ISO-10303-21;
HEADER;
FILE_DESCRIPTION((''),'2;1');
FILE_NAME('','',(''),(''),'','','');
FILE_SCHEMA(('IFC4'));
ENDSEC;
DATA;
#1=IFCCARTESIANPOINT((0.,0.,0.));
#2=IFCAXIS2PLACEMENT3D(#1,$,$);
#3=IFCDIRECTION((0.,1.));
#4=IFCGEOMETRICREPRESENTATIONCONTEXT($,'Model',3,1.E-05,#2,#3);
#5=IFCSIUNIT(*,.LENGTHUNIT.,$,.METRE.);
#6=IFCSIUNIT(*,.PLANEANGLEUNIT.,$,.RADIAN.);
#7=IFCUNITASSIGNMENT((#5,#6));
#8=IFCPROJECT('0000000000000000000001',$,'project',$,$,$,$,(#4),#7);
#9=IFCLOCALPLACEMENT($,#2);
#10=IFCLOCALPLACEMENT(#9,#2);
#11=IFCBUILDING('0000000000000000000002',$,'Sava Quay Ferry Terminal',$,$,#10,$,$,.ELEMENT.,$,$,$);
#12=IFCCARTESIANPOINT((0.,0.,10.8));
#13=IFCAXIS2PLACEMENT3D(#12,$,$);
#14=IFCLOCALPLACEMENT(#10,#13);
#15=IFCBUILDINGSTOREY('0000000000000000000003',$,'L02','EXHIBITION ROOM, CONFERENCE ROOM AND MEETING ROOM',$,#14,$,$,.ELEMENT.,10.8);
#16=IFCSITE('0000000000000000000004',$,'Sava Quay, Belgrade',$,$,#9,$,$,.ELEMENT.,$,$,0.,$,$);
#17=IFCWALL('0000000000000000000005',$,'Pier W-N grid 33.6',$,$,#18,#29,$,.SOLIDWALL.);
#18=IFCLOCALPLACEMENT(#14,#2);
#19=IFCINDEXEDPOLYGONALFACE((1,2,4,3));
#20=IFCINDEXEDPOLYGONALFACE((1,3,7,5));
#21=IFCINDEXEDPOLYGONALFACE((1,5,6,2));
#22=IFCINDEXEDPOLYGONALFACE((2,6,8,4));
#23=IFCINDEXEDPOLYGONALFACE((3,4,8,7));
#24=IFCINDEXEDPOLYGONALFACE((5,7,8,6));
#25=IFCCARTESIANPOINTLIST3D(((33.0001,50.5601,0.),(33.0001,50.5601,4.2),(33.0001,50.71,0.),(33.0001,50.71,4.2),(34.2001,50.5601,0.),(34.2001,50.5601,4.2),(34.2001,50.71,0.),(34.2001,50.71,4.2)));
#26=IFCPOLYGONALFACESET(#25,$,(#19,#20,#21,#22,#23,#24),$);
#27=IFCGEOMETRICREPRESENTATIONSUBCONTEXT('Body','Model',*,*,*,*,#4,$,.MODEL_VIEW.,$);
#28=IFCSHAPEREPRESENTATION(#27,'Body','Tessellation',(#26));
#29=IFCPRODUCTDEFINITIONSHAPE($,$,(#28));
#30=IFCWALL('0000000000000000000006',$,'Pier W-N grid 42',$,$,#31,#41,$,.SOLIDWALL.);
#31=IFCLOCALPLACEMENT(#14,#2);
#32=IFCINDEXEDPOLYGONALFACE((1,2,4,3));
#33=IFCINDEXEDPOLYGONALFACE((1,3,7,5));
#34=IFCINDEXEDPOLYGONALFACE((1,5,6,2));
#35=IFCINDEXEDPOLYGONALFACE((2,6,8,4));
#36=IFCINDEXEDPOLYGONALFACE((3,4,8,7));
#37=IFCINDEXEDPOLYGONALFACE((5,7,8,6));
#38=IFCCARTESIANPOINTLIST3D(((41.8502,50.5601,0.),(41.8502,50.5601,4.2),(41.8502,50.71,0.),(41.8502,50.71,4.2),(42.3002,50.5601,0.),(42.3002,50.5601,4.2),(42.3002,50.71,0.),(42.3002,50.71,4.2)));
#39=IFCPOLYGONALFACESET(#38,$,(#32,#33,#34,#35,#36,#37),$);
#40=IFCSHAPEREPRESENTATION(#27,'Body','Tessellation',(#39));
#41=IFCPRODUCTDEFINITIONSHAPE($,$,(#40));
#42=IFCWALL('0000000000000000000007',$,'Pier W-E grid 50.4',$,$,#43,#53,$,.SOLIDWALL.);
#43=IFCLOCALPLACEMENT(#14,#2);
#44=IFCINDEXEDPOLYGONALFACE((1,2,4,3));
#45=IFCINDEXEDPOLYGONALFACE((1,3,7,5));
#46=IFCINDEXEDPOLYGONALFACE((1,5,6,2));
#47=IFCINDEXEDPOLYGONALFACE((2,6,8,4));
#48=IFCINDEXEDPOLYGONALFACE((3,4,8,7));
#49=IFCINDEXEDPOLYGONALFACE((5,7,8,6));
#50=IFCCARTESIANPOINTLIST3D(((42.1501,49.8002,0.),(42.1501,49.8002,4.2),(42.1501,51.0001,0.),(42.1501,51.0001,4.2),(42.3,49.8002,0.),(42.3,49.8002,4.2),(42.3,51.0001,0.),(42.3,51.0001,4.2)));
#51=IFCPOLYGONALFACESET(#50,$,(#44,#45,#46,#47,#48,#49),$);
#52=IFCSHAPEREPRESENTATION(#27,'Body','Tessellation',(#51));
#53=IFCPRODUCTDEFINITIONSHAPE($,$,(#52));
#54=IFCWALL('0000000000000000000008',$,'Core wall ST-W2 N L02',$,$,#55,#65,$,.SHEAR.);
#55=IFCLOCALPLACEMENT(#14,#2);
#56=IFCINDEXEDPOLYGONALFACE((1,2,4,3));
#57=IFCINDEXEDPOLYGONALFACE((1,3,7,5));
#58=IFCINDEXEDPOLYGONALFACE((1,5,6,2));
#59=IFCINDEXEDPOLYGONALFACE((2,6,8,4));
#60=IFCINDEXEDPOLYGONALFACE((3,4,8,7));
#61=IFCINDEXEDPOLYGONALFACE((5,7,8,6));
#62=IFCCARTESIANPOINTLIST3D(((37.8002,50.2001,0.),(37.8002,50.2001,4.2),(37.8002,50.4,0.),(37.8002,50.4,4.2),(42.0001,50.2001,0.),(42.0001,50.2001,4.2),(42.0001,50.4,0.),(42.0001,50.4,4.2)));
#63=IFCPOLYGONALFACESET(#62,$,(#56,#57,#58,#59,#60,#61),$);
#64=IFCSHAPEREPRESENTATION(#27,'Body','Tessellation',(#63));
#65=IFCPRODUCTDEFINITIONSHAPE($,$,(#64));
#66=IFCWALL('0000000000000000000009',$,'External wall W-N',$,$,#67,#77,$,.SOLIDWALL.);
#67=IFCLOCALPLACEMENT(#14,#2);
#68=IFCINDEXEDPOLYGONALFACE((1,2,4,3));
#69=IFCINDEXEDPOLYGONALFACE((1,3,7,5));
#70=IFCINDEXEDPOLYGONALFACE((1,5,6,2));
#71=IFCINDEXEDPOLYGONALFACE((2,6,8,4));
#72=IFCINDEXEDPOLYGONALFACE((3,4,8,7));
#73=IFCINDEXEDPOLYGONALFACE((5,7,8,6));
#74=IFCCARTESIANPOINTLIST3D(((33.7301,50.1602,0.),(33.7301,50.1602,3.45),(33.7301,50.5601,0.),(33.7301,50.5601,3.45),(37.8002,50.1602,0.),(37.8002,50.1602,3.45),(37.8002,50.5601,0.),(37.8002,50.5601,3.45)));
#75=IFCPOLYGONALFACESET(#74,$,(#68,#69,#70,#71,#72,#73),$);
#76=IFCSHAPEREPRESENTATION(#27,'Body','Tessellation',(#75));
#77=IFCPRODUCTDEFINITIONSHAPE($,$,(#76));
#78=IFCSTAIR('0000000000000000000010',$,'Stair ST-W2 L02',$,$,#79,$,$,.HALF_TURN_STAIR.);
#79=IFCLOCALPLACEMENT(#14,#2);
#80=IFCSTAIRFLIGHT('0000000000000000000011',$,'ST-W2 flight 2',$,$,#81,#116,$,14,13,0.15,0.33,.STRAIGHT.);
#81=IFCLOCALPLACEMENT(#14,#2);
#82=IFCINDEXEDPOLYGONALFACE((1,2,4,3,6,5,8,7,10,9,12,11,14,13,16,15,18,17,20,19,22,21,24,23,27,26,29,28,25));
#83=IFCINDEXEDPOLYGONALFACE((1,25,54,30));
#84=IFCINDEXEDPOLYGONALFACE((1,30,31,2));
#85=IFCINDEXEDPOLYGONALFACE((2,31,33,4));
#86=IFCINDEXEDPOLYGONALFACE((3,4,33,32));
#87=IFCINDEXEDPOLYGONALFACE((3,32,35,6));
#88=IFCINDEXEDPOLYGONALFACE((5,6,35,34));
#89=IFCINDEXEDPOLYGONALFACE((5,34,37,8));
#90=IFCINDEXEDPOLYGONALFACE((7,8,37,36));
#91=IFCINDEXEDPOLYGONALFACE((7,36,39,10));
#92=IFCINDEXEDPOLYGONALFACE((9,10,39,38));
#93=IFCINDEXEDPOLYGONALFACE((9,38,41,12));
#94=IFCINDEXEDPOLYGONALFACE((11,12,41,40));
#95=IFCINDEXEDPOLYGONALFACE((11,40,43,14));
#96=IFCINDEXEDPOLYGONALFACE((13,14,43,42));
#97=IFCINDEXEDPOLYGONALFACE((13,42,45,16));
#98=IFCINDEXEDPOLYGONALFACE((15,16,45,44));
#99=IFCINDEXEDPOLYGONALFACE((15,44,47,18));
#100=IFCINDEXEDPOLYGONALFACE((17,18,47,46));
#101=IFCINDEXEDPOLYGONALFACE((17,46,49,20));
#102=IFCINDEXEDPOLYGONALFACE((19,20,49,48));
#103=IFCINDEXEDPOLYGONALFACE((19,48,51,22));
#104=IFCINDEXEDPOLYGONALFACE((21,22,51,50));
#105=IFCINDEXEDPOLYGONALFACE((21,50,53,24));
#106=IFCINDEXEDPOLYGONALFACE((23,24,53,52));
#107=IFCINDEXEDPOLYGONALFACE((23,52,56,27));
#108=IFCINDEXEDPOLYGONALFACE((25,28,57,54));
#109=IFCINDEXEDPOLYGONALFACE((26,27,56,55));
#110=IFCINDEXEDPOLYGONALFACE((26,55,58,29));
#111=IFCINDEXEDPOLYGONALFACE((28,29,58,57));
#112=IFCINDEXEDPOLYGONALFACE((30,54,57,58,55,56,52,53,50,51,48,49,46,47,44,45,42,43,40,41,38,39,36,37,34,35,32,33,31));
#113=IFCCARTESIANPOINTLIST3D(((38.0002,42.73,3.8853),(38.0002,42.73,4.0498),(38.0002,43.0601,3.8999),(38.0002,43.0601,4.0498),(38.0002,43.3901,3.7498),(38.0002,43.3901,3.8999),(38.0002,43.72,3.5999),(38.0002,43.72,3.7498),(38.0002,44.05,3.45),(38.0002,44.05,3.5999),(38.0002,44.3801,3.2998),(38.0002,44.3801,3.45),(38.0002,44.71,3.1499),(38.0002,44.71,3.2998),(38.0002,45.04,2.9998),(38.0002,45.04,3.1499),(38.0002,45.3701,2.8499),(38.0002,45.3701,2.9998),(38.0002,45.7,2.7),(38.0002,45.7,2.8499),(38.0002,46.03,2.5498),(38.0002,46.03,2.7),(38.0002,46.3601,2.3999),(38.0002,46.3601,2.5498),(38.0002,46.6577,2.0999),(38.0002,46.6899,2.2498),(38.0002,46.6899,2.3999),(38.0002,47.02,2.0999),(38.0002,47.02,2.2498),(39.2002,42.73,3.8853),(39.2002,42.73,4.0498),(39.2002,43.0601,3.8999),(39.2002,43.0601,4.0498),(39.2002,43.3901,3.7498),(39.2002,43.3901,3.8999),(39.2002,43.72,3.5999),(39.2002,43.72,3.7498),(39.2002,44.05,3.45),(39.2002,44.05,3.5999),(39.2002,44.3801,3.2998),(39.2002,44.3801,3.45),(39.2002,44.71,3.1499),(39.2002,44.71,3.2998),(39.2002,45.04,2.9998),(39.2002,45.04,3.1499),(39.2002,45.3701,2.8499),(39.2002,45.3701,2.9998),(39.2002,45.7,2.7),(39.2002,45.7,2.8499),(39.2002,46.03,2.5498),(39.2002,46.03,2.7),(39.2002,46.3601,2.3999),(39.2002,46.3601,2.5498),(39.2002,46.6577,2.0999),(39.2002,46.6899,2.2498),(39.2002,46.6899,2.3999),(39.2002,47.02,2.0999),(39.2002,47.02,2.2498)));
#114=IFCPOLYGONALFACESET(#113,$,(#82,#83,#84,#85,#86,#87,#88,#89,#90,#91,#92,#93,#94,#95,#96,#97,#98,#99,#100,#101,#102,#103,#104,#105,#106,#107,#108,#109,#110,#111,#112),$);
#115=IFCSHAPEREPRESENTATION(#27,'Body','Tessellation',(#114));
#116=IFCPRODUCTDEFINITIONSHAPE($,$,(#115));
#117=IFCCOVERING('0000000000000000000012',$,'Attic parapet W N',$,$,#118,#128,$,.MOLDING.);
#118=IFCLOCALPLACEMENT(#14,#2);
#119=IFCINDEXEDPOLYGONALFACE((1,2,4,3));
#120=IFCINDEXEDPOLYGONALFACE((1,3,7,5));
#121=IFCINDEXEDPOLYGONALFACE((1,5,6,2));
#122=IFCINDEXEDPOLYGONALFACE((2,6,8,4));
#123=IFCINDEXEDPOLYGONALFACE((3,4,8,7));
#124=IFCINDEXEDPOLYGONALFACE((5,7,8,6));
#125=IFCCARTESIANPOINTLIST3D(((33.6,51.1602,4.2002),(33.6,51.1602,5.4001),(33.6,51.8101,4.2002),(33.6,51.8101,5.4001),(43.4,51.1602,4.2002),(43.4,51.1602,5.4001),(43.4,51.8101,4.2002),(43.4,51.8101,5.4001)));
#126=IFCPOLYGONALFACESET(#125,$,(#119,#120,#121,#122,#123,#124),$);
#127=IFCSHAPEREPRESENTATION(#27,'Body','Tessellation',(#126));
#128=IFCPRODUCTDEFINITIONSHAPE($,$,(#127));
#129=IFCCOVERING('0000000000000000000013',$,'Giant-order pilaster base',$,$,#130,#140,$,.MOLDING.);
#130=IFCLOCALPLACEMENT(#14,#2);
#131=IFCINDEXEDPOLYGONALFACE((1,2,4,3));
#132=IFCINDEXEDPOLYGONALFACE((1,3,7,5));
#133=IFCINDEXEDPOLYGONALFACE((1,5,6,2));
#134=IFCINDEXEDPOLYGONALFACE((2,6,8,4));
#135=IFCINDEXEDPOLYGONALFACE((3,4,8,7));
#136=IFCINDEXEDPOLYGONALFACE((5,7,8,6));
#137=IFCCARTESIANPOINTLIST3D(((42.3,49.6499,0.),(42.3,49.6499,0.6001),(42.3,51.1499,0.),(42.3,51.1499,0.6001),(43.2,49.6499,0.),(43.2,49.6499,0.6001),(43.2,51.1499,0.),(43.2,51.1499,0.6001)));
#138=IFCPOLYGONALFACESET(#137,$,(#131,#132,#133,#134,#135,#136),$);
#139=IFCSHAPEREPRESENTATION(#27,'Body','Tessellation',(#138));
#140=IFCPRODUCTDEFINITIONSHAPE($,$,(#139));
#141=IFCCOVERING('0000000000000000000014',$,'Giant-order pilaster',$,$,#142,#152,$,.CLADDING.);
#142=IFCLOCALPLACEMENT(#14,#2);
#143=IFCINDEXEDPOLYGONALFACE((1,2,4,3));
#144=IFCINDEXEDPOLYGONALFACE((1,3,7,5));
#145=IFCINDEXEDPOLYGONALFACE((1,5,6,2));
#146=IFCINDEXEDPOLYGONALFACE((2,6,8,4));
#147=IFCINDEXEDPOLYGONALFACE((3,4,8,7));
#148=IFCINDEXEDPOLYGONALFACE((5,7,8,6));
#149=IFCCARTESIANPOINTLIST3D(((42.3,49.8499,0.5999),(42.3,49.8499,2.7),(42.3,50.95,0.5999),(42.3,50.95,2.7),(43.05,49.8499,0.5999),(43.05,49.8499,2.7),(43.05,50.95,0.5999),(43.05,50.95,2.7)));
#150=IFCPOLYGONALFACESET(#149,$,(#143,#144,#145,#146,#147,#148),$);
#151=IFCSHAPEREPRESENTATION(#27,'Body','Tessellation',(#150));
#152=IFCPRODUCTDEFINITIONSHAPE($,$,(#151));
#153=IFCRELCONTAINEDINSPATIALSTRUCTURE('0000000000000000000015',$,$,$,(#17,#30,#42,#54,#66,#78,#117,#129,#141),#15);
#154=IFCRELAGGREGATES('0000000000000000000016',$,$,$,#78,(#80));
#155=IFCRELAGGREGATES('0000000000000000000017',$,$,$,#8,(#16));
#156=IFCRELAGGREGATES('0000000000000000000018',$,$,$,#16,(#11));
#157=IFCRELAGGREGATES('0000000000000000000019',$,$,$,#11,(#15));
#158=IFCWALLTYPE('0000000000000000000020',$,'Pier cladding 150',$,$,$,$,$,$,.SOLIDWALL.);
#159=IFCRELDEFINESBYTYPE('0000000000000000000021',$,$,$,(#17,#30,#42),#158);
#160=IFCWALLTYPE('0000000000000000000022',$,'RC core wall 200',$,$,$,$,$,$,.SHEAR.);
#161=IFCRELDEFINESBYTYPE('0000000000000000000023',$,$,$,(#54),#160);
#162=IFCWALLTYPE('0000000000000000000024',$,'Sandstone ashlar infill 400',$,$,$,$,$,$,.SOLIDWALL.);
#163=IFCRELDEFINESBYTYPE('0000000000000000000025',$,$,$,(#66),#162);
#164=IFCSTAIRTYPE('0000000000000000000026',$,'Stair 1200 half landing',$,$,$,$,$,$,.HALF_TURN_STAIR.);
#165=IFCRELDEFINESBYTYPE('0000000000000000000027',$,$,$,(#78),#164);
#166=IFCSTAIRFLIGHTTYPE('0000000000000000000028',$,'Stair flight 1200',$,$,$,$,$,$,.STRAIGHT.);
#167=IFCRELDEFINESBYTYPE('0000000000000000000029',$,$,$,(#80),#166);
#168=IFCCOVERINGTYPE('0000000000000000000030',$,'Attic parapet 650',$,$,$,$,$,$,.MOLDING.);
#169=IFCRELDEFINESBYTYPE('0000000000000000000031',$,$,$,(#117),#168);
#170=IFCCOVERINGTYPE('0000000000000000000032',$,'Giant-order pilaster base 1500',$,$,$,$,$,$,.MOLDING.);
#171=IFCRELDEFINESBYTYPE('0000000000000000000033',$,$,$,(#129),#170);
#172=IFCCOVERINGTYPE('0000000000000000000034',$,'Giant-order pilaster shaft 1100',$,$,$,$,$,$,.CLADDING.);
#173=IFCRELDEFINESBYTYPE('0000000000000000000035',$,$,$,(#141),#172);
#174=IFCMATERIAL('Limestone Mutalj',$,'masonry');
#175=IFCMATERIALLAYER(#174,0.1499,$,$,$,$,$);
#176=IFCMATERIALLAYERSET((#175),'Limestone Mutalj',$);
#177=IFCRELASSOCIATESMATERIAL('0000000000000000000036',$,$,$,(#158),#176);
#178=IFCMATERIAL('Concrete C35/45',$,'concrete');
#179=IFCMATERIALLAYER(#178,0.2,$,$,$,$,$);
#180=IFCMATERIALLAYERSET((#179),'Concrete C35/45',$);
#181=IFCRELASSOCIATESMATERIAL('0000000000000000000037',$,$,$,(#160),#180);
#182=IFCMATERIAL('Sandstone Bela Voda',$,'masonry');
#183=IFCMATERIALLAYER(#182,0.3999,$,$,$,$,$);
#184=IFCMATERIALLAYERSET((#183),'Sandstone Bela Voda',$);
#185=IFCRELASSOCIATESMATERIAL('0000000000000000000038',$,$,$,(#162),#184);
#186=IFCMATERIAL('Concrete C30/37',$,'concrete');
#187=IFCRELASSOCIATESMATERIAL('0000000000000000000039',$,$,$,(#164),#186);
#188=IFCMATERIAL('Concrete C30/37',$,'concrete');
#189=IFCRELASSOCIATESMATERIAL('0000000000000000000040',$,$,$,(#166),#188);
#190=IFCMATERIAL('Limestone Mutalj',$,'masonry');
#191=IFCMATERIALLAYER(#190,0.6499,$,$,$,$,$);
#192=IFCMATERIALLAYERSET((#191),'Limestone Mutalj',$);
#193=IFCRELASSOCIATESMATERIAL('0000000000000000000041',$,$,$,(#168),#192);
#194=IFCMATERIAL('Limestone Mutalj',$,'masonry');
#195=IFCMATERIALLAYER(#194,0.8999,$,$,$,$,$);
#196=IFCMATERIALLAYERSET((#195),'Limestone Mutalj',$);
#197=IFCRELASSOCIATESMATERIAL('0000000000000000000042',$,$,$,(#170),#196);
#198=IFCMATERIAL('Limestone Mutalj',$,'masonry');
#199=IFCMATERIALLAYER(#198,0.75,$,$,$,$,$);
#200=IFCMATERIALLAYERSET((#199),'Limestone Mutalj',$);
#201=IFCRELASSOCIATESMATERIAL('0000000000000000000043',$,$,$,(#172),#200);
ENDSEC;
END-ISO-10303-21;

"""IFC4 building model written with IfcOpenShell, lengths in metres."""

from ifc_helpers import new_model, si_unit, direction, frame, frame_2d, origin, origin_2d, place, context, subcontext, project, spatial, polyline, rectangle, outline, extrude, material, layer, layer_set, type_object, element, aggregate, save


model = new_model("IFC4")

# Units and contexts
model_context = context("Model", 3, precision=1e-05, world=origin(), true_north=direction((0.0, 1.0)))
body_context = subcontext(model_context, "Body", "Model", "MODEL_VIEW")
ifc_project = project(units=[si_unit("LENGTHUNIT", "METRE"), si_unit("PLANEANGLEUNIT", "RADIAN")], contexts=[model_context])

# Site, building, storey
site_placement = place(None, origin())
site = spatial("IfcSite", under=ifc_project, at=site_placement, Name="Sava Quay, Belgrade", CompositionType="ELEMENT", RefElevation=0.0)
building_placement = place(site_placement, origin())
building = spatial("IfcBuilding", under=site, at=building_placement, Name="Sava Quay Ferry Terminal", CompositionType="ELEMENT")
storey_placement = place(building_placement, frame((0.0, 0.0, 10.8)))
storey = spatial("IfcBuildingStorey", under=building, at=storey_placement, Name="L02", Description="EXHIBITION ROOM, CONFERENCE ROOM AND MEETING ROOM", CompositionType="ELEMENT", Elevation=10.8)

# Walls
ifc_material_1 = material(Name="Limestone Mutalj", Category="masonry")
ifc_layer_1 = layer(ifc_material_1, 0.1499)
ifc_layer_set_1 = layer_set([ifc_layer_1], Name="Limestone Mutalj")
wall_type_1 = type_object("IfcWallType", Name="Pier cladding 150", PredefinedType="SOLIDWALL", material=ifc_layer_set_1)
wall_1_placement = place(storey_placement, frame((33.0, 50.635, 0.0), z_axis=(0.0, 0.0, 1.0), x_axis=(1.0, 0.0, 0.0)))
element("IfcWall", 1, at=wall_1_placement, inside=storey, type_object=wall_type_1, Name="Pier W-N grid 33.6", PredefinedType="SOLIDWALL", context=body_context, shape_type="SweptSolid", body=[
    extrude(rectangle(XDim=1.2, YDim=0.1499, at=frame_2d((0.6001, 0.0))), origin(), (0.0, 0.0, 1.0), 4.2),
])
wall_2_placement = place(storey_placement, frame((41.8501, 50.635, 0.0), z_axis=(0.0, 0.0, 1.0), x_axis=(1.0, 0.0, 0.0)))
element("IfcWall", 2, at=wall_2_placement, inside=storey, type_object=wall_type_1, Name="Pier W-N grid 42", PredefinedType="SOLIDWALL", context=body_context, shape_type="SweptSolid", body=[
    extrude(rectangle(XDim=0.45, YDim=0.1499, at=frame_2d((0.2251, 0.0))), origin(), (0.0, 0.0, 1.0), 4.2),
])
wall_3_placement = place(storey_placement, frame((42.2251, 49.8, 0.0), z_axis=(0.0, 0.0, 1.0), x_axis=(0.0, 1.0, 0.0)))
element("IfcWall", 3, at=wall_3_placement, inside=storey, type_object=wall_type_1, Name="Pier W-E grid 50.4", PredefinedType="SOLIDWALL", context=body_context, shape_type="SweptSolid", body=[
    extrude(rectangle(XDim=1.2, YDim=0.1499, at=frame_2d((0.6001, 0.0))), origin(), (0.0, 0.0, 1.0), 4.2),
])
ifc_material_2 = material(Name="Concrete C35/45", Category="concrete")
ifc_layer_2 = layer(ifc_material_2, 0.2)
ifc_layer_set_2 = layer_set([ifc_layer_2], Name="Concrete C35/45")
wall_type_2 = type_object("IfcWallType", Name="RC core wall 200", PredefinedType="SHEAR", material=ifc_layer_set_2)
wall_4_placement = place(storey_placement, frame((37.8, 50.3, 0.0), z_axis=(0.0, 0.0, 1.0), x_axis=(1.0, 0.0, 0.0)))
element("IfcWall", 4, at=wall_4_placement, inside=storey, type_object=wall_type_2, Name="Core wall ST-W2 N L02", PredefinedType="SHEAR", context=body_context, shape_type="SweptSolid", body=[
    extrude(rectangle(XDim=4.2, YDim=0.2, at=frame_2d((2.1001, 0.0))), origin(), (0.0, 0.0, 1.0), 4.2),
])
ifc_material_3 = material(Name="Sandstone Bela Voda", Category="masonry")
ifc_layer_3 = layer(ifc_material_3, 0.3999)
ifc_layer_set_3 = layer_set([ifc_layer_3], Name="Sandstone Bela Voda")
wall_type_3 = type_object("IfcWallType", Name="Sandstone ashlar infill 400", PredefinedType="SOLIDWALL", material=ifc_layer_set_3)
wall_5_placement = place(storey_placement, frame((33.73, 50.3601, 0.0), z_axis=(0.0, 0.0, 1.0), x_axis=(1.0, 0.0, 0.0)))
element("IfcWall", 5, at=wall_5_placement, inside=storey, type_object=wall_type_3, Name="External wall W-N", PredefinedType="SOLIDWALL", context=body_context, shape_type="SweptSolid", body=[
    extrude(rectangle(XDim=4.0701, YDim=0.3999, at=frame_2d((2.0352, 0.0))), origin(), (0.0, 0.0, 1.0), 3.45),
])

# Stair, stair flight
ifc_material_4 = material(Name="Concrete C30/37", Category="concrete")
stair_type = type_object("IfcStairType", Name="Stair 1200 half landing", PredefinedType="HALF_TURN_STAIR", material=ifc_material_4)
stair_placement = place(storey_placement, origin())
stair = element("IfcStair", 6, at=stair_placement, inside=storey, type_object=stair_type, Name="Stair ST-W2 L02", PredefinedType="HALF_TURN_STAIR")
ifc_material_5 = material(Name="Concrete C30/37", Category="concrete")
stair_flight_type = type_object("IfcStairFlightType", Name="Stair flight 1200", PredefinedType="STRAIGHT", material=ifc_material_5)
stair_flight_placement = place(storey_placement, frame((38.6001, 47.02, 2.0999), z_axis=(0.0, 0.0, 1.0), x_axis=(0.0, -1.0, 0.0)))
stair_flight = element("IfcStairFlight", 7, at=stair_flight_placement, type_object=stair_flight_type, Name="ST-W2 flight 2", NumberOfRisers=14, NumberOfTreads=13, PredefinedType="STRAIGHT", RiserHeight=0.15, TreadLength=0.33, context=body_context, shape_type="SweptSolid", body=[
    extrude(outline(polyline([(0.0, 0.0), (0.0, 0.1499), (0.3301, 0.1499), (0.3301, 0.3), (0.6599, 0.3), (0.6599, 0.45), (0.99, 0.45), (0.99, 0.6001), (1.3201, 0.6001), (1.3201, 0.75), (1.6499, 0.75), (1.6499, 0.8999), (1.98, 0.8999), (1.98, 1.05), (2.3101, 1.05), (2.3101, 1.2), (2.6399, 1.2), (2.6399, 1.3501), (2.97, 1.3501), (2.97, 1.5), (3.3, 1.5), (3.3, 1.6499), (3.6299, 1.6499), (3.6299, 1.8), (3.96, 1.8), (3.96, 1.95), (4.29, 1.95), (4.29, 2.1001), (4.29, 1.7854), (0.3623, 0.0), (0.0, 0.0)])), frame((0.0, 0.6001, 0.0), z_axis=(0.0, -1.0, 0.0), x_axis=(1.0, 0.0, 0.0)), (0.0, 0.0, 1.0), 1.2),
])
aggregate(stair, [stair_flight])

# Covering
ifc_material_6 = material(Name="Limestone Mutalj", Category="masonry")
ifc_layer_4 = layer(ifc_material_6, 0.6499)
ifc_layer_set_4 = layer_set([ifc_layer_4], Name="Limestone Mutalj")
covering_type_1 = type_object("IfcCoveringType", Name="Attic parapet 650", PredefinedType="MOLDING", material=ifc_layer_set_4)
covering_1_placement = place(storey_placement, frame((38.5, 51.4851, 4.2002), z_axis=(0.0, 0.0, 1.0), x_axis=(1.0, 0.0, 0.0)))
element("IfcCovering", 8, at=covering_1_placement, inside=storey, type_object=covering_type_1, Name="Attic parapet W N", PredefinedType="MOLDING", context=body_context, shape_type="SweptSolid", body=[
    extrude(rectangle(XDim=9.8, YDim=0.6499, at=origin_2d()), origin(), (0.0, 0.0, 1.0), 1.2),
])

# Coverings
ifc_material_7 = material(Name="Limestone Mutalj", Category="masonry")
ifc_layer_5 = layer(ifc_material_7, 0.8999)
ifc_layer_set_5 = layer_set([ifc_layer_5], Name="Limestone Mutalj")
covering_type_2 = type_object("IfcCoveringType", Name="Giant-order pilaster base 1500", PredefinedType="MOLDING", material=ifc_layer_set_5)
covering_2_placement = place(storey_placement, frame((42.75, 50.3999, 0.0), z_axis=(0.0, 0.0, 1.0), x_axis=(1.0, 0.0, 0.0)))
element("IfcCovering", 9, at=covering_2_placement, inside=storey, type_object=covering_type_2, Name="Giant-order pilaster base", PredefinedType="MOLDING", context=body_context, shape_type="SweptSolid", body=[
    extrude(rectangle(XDim=0.8999, YDim=1.5, at=origin_2d()), origin(), (0.0, 0.0, 1.0), 0.6001),
])
ifc_material_8 = material(Name="Limestone Mutalj", Category="masonry")
ifc_layer_6 = layer(ifc_material_8, 0.75)
ifc_layer_set_6 = layer_set([ifc_layer_6], Name="Limestone Mutalj")
covering_type_3 = type_object("IfcCoveringType", Name="Giant-order pilaster shaft 1100", PredefinedType="CLADDING", material=ifc_layer_set_6)
covering_3_placement = place(storey_placement, frame((42.675, 50.3999, 0.5999), z_axis=(0.0, 0.0, 1.0), x_axis=(1.0, 0.0, 0.0)))
element("IfcCovering", 10, at=covering_3_placement, inside=storey, type_object=covering_type_3, Name="Giant-order pilaster", PredefinedType="CLADDING", context=body_context, shape_type="SweptSolid", body=[
    extrude(rectangle(XDim=0.75, YDim=1.1001, at=origin_2d()), origin(), (0.0, 0.0, 1.0), 2.1001),
])

save(model, "model.ifc")
